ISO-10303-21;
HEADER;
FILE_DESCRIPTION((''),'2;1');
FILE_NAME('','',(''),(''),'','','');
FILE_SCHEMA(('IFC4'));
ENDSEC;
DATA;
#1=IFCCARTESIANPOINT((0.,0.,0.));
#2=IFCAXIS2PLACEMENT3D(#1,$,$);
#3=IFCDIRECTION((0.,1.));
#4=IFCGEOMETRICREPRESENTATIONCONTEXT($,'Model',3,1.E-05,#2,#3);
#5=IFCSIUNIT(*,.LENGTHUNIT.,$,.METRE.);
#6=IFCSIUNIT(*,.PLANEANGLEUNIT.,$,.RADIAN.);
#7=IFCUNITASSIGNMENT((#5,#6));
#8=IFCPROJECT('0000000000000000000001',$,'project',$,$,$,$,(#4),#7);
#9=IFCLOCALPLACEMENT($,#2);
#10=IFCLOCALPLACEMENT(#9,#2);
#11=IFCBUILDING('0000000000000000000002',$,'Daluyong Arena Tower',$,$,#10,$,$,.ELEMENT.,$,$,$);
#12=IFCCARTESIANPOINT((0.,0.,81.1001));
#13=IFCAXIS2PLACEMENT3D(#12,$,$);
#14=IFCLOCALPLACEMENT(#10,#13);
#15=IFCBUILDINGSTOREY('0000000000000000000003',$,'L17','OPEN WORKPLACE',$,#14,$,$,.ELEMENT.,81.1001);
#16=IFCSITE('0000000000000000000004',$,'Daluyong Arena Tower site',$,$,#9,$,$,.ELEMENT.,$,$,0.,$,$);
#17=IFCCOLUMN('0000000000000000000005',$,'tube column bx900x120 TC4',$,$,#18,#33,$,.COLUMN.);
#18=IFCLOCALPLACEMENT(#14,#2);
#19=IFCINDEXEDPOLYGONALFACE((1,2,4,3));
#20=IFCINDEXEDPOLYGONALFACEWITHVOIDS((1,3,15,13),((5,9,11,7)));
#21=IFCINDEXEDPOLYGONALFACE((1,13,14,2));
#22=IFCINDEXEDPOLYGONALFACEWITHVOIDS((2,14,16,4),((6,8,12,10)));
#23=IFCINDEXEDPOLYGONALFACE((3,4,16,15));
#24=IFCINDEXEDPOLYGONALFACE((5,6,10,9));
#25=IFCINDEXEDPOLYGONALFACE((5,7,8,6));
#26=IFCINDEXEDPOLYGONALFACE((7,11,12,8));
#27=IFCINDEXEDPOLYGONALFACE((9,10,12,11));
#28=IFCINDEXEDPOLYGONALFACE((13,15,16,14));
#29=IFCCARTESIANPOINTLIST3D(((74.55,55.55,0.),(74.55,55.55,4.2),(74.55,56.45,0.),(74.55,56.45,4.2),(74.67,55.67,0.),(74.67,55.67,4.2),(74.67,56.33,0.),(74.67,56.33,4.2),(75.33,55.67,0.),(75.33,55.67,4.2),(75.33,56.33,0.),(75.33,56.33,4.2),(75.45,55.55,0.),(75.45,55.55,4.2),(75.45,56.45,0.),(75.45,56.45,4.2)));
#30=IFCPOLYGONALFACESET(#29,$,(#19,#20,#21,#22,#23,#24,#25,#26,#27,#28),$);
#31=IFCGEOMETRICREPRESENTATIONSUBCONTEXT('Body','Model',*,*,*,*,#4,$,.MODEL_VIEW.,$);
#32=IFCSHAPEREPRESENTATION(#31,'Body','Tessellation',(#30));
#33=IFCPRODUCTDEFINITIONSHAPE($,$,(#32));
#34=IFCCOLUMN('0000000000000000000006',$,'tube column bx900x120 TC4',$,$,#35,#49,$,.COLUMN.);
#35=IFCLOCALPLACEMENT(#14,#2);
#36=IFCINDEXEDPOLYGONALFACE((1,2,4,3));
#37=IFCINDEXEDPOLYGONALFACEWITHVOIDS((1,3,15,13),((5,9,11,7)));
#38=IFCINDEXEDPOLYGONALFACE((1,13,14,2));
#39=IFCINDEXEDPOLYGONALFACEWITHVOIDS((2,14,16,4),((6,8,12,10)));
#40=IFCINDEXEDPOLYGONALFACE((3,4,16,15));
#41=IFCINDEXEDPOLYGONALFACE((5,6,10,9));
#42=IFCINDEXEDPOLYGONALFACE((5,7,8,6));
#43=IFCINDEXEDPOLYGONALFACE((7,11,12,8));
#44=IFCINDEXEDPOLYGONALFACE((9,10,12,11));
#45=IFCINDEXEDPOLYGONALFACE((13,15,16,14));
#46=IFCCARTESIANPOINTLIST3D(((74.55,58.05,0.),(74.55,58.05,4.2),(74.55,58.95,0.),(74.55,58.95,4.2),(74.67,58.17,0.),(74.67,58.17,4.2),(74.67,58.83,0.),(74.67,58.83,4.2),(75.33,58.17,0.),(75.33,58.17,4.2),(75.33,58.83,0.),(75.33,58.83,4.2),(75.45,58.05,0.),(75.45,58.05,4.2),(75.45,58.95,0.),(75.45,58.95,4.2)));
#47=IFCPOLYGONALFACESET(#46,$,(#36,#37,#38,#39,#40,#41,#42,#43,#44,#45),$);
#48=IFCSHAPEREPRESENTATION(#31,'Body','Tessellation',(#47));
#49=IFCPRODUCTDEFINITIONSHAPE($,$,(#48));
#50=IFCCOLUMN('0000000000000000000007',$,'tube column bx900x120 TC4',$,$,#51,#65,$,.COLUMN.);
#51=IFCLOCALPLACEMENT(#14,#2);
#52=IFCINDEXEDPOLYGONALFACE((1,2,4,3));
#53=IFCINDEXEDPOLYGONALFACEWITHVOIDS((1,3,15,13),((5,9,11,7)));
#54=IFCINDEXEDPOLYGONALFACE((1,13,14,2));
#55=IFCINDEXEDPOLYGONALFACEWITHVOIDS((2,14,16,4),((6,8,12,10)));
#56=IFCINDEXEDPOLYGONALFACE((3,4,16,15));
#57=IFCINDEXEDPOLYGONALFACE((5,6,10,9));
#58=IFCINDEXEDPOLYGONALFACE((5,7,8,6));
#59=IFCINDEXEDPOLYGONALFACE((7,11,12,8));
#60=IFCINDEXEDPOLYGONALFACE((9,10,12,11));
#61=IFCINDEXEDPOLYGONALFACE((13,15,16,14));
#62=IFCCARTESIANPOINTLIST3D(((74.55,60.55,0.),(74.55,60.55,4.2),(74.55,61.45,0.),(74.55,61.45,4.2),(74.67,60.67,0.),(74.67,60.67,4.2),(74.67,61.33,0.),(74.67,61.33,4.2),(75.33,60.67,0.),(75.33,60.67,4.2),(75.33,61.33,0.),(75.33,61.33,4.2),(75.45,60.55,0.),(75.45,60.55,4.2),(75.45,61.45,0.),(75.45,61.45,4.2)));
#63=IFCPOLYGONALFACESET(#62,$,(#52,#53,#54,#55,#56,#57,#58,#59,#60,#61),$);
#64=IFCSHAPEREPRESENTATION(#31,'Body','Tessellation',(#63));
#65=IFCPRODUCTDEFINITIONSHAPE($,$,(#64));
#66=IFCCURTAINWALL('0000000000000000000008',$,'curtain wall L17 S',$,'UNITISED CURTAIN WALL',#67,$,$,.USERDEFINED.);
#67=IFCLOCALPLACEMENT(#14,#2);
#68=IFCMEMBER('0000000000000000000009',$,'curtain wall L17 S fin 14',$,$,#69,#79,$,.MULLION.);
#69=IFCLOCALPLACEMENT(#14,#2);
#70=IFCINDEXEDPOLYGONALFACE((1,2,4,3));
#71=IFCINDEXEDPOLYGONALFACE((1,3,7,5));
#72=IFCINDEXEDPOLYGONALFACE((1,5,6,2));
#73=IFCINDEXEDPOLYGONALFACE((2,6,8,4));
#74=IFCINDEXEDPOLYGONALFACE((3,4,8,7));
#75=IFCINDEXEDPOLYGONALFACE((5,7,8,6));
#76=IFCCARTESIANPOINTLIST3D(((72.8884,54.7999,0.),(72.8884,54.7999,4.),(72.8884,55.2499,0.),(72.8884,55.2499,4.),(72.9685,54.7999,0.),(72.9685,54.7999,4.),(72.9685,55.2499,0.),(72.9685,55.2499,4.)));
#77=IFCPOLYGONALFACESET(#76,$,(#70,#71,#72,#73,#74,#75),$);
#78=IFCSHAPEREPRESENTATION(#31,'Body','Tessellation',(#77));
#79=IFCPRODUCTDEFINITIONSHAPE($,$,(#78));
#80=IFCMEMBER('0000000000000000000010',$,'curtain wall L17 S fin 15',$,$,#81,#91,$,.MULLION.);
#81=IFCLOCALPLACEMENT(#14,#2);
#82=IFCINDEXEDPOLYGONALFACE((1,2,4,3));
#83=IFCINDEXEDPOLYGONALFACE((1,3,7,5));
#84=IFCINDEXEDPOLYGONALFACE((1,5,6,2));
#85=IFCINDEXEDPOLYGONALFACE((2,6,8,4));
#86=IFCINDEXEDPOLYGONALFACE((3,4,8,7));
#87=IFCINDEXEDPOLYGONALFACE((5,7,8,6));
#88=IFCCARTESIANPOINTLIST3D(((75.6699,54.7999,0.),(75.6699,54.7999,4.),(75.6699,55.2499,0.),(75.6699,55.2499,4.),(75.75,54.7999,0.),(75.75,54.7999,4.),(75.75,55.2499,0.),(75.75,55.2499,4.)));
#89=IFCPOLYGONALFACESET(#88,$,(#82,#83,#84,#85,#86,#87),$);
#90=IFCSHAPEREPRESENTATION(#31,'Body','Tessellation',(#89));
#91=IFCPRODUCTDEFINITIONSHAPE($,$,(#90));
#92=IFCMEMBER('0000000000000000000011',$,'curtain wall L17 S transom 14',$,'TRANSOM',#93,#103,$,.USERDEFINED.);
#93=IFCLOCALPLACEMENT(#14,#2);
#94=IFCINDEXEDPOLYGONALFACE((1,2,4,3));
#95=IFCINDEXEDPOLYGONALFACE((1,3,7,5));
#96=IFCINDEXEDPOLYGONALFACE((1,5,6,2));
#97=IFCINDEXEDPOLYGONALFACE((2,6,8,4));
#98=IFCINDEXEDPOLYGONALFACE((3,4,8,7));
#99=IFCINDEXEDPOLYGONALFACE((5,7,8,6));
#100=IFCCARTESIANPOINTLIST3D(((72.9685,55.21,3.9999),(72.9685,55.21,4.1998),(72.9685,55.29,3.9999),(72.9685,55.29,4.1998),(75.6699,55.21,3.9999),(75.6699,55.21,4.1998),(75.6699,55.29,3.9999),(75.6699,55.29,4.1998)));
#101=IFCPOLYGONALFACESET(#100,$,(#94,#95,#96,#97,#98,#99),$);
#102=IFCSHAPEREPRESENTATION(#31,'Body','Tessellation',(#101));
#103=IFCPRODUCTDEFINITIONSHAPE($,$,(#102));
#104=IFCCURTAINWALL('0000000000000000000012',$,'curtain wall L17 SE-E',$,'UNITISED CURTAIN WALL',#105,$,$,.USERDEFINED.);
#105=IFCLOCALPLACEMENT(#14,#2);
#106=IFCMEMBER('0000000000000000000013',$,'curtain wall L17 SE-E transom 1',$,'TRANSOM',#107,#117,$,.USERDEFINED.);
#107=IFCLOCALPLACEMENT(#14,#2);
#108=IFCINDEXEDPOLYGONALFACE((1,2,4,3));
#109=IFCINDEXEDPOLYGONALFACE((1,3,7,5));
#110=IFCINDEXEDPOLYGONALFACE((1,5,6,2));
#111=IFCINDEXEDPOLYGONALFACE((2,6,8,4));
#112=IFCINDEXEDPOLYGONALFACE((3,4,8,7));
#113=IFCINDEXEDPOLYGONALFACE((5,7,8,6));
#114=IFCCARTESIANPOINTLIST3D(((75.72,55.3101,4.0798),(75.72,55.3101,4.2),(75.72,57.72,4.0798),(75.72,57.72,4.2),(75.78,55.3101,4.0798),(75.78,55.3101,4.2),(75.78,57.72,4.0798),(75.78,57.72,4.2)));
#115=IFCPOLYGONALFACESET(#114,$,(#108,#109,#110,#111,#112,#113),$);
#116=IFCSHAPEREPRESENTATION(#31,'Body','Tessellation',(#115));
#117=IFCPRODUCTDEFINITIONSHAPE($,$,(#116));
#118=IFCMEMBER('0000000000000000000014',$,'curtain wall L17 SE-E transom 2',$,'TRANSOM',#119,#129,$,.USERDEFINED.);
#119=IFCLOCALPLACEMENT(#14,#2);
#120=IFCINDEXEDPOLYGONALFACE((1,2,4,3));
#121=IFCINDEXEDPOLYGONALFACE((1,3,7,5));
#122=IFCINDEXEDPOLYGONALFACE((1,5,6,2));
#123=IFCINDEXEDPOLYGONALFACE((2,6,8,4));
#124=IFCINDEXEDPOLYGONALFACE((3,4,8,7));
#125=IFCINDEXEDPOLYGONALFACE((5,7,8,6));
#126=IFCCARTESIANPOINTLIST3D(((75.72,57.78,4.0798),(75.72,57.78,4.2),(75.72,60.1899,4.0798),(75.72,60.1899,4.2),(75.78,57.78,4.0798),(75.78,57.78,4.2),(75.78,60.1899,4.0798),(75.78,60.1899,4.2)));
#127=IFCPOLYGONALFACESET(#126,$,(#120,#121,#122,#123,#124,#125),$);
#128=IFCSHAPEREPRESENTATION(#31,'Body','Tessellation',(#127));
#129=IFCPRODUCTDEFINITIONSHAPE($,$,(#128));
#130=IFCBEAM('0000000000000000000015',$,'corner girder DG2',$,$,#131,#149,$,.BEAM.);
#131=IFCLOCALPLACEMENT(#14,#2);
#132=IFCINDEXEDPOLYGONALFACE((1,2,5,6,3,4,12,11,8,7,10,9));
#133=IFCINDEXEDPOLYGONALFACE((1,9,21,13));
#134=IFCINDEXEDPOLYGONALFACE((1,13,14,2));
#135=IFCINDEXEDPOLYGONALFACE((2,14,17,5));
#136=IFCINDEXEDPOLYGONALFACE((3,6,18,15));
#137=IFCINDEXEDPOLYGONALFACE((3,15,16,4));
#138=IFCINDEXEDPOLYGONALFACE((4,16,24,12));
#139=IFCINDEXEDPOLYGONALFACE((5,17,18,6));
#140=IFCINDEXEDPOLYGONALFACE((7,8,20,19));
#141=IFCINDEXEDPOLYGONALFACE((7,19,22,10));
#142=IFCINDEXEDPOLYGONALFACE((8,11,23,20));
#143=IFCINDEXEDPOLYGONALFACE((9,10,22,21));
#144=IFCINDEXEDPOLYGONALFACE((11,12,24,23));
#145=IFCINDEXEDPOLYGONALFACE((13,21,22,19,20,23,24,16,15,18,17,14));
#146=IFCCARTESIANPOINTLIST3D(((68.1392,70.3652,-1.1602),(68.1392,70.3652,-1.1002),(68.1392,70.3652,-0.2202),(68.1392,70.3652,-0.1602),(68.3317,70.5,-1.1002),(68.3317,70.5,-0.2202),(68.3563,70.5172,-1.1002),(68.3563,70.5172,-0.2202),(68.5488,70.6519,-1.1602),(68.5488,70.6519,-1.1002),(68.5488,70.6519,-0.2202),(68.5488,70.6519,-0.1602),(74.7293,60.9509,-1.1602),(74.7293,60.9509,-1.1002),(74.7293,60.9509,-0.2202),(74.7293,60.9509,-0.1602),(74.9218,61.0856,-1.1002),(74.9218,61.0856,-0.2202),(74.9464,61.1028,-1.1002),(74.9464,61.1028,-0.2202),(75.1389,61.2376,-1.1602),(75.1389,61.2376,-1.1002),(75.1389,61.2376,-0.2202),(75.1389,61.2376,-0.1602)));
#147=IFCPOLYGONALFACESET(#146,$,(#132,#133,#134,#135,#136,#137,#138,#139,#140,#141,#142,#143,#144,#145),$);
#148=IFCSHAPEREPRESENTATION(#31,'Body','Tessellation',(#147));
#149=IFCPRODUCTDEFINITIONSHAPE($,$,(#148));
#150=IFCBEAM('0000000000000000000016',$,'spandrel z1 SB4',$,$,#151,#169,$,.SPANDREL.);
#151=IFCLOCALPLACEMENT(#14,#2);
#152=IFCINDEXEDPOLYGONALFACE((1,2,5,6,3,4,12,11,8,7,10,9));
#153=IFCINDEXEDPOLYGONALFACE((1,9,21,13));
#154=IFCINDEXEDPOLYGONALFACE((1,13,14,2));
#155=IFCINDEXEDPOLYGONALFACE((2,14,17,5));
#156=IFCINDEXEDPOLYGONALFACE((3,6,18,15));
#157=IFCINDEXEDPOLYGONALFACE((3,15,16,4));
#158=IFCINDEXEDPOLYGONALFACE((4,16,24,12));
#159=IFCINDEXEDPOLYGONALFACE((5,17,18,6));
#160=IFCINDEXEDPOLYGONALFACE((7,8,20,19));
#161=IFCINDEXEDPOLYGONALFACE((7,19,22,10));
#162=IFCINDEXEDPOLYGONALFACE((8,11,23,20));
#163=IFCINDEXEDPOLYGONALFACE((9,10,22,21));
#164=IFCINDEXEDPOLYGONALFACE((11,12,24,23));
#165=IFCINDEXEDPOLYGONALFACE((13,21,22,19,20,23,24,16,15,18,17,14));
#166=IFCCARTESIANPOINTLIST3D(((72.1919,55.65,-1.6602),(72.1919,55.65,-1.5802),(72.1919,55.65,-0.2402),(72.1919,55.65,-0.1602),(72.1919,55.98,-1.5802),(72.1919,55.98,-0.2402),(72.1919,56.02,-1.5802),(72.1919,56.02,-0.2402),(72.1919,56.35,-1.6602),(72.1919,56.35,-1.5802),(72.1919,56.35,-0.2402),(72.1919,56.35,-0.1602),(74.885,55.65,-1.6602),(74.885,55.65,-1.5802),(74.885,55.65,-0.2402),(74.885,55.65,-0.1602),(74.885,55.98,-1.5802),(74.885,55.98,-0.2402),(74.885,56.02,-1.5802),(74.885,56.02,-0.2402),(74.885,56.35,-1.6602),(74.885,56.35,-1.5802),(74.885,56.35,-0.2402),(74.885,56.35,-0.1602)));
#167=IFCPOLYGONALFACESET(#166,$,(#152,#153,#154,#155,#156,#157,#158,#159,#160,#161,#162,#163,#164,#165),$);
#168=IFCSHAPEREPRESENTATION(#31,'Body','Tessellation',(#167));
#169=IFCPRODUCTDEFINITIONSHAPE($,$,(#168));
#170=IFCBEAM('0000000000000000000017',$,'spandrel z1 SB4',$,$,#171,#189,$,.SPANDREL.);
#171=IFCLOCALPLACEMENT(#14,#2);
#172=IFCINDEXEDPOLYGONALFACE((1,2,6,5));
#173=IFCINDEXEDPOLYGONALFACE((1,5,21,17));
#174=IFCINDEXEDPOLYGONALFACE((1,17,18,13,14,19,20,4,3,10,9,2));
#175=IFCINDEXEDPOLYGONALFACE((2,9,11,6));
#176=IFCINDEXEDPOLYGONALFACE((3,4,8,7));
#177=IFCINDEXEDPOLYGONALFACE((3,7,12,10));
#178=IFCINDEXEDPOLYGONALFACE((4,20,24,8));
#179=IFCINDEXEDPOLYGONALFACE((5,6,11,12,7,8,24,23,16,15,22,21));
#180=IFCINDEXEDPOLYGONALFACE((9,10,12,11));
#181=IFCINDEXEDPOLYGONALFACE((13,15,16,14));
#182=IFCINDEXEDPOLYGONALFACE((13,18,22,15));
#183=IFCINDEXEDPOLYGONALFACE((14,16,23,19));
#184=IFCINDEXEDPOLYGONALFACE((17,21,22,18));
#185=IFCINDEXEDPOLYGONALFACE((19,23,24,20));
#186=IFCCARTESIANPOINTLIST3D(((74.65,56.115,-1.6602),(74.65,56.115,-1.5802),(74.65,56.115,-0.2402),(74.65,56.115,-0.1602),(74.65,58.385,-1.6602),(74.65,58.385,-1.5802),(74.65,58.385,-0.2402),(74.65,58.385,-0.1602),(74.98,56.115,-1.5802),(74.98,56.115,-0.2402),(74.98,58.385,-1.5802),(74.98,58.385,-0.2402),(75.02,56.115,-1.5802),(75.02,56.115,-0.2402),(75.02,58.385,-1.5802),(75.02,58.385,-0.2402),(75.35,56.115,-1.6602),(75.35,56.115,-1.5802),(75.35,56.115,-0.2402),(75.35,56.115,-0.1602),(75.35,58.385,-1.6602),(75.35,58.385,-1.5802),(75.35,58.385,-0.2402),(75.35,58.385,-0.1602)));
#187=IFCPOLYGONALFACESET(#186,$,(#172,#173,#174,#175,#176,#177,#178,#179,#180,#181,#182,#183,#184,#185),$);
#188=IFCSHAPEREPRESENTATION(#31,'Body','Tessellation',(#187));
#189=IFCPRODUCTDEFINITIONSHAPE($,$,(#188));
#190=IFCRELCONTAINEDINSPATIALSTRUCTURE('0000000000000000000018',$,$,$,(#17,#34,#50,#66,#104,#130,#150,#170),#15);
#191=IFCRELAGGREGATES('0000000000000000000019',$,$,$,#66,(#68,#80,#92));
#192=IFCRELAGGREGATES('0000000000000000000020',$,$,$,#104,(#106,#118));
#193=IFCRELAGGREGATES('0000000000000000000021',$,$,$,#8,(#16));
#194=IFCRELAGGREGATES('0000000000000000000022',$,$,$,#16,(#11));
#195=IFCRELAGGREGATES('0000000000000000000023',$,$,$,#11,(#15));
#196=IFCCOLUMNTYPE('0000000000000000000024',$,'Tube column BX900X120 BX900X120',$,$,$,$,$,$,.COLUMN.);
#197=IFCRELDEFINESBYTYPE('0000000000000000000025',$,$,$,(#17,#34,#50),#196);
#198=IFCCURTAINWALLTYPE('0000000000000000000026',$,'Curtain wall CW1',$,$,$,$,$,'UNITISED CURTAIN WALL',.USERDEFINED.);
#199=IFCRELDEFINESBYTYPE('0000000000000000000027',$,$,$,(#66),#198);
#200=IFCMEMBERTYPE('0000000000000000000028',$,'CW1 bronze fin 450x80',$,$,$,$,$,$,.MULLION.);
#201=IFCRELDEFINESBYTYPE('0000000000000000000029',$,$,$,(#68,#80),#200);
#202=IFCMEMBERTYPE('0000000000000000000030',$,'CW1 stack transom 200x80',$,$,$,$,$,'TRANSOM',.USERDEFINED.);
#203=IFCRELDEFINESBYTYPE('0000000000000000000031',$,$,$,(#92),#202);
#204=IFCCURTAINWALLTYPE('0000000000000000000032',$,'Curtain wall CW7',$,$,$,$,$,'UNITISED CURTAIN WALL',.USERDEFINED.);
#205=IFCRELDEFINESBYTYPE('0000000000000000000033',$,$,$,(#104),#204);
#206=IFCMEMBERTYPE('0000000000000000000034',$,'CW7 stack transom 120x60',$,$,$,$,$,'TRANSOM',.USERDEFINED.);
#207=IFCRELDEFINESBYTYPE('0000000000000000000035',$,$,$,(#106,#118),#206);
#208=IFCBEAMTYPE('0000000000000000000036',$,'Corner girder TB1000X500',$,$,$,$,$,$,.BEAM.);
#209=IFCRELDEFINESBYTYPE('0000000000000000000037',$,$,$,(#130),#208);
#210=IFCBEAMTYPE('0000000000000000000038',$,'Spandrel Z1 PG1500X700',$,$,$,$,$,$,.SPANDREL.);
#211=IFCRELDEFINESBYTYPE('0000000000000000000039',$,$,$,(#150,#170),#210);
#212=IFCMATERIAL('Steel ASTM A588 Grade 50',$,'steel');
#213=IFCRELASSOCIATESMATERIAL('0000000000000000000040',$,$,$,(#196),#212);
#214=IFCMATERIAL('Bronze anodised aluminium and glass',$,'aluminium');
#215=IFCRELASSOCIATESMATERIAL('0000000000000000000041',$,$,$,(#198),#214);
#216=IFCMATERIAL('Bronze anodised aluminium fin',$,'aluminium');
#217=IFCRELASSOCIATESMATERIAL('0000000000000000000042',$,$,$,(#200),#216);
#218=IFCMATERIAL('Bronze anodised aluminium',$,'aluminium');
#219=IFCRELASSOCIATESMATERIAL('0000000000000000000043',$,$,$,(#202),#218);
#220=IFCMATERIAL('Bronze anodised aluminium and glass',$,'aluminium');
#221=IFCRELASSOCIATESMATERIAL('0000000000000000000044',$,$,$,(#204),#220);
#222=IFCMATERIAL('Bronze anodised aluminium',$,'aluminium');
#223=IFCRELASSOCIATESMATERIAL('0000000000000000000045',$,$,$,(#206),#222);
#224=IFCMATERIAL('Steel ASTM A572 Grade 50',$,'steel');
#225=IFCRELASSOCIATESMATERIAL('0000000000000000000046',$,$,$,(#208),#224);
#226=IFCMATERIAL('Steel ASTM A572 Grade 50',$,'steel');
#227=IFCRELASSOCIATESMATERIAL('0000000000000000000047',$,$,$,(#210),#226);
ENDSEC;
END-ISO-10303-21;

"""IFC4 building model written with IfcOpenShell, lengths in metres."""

from ifc_helpers import new_model, si_unit, direction, frame, origin, origin_2d, place, context, subcontext, project, spatial, rectangle, hollow_rectangle, i_section, extrude, material, material_profile, profile_set, type_object, element, aggregate, save


model = new_model("IFC4")

# Units and contexts
model_context = context("Model", 3, precision=1e-05, world=origin(), true_north=direction((0.0, 1.0)))
body_context = subcontext(model_context, "Body", "Model", "MODEL_VIEW")
ifc_project = project(units=[si_unit("LENGTHUNIT", "METRE"), si_unit("PLANEANGLEUNIT", "RADIAN")], contexts=[model_context])

# Site, building, storey
site_placement = place(None, origin())
site = spatial("IfcSite", under=ifc_project, at=site_placement, Name="Daluyong Arena Tower site", CompositionType="ELEMENT", RefElevation=0.0)
building_placement = place(site_placement, origin())
building = spatial("IfcBuilding", under=site, at=building_placement, Name="Daluyong Arena Tower", CompositionType="ELEMENT")
storey_placement = place(building_placement, frame((0.0, 0.0, 81.1001)))
storey = spatial("IfcBuildingStorey", under=building, at=storey_placement, Name="L17", Description="OPEN WORKPLACE", CompositionType="ELEMENT", Elevation=81.1001)

# Columns
ifc_material_1 = material(Name="Steel ASTM A588 Grade 50", Category="steel")
ifc_material_profile_1 = material_profile(ifc_material_1, hollow_rectangle(XDim=0.8999, YDim=0.8999, WallThickness=0.12, at=origin_2d()))
ifc_profile_set_1 = profile_set([ifc_material_profile_1], Name="Steel ASTM A588 Grade 50")
column_type = type_object("IfcColumnType", Name="Tube column BX900X120 BX900X120", PredefinedType="COLUMN", material=ifc_profile_set_1)
for number, where, z_axis, x_axis, name in (
    (1, (75.0, 56.0, 0.0), (0.0, 0.0, 1.0), (0.0, 1.0, 0.0), "tube column bx900x120 TC4"),
    (2, (75.0, 58.5, 0.0), (0.0, 0.0, 1.0), (0.0, 1.0, 0.0), "tube column bx900x120 TC4"),
    (3, (75.0, 61.0, 0.0), (0.0, 0.0, 1.0), (1.0, 0.0, 0.0), "tube column bx900x120 TC4"),
):
    element("IfcColumn", number, at=place(storey_placement, frame(where, z_axis=z_axis, x_axis=x_axis)), inside=storey, type_object=column_type, Name=name, PredefinedType="COLUMN", context=body_context, shape_type="SweptSolid", body=[
        extrude(hollow_rectangle(XDim=0.8999, YDim=0.8999, WallThickness=0.12, at=origin_2d()), origin(), (0.0, 0.0, 1.0), 4.2),
    ])

# Curtain walls, members
ifc_material_2 = material(Name="Bronze anodised aluminium and glass", Category="aluminium")
curtain_wall_type_1 = type_object("IfcCurtainWallType", Name="Curtain wall CW1", ElementType="UNITISED CURTAIN WALL", PredefinedType="USERDEFINED", material=ifc_material_2)
curtain_wall_1_placement = place(storey_placement, origin())
curtain_wall_1 = element("IfcCurtainWall", 4, at=curtain_wall_1_placement, inside=storey, type_object=curtain_wall_type_1, Name="curtain wall L17 S", ObjectType="UNITISED CURTAIN WALL", PredefinedType="USERDEFINED")
ifc_material_3 = material(Name="Bronze anodised aluminium fin", Category="aluminium")
ifc_material_profile_2 = material_profile(ifc_material_3, rectangle(XDim=0.45, YDim=0.0801, at=origin_2d()))
ifc_profile_set_2 = profile_set([ifc_material_profile_2], Name="Bronze anodised aluminium fin")
member_type_1 = type_object("IfcMemberType", Name="CW1 bronze fin 450x80", PredefinedType="MULLION", material=ifc_profile_set_2)
member_1_placement = place(storey_placement, frame((72.9285, 55.0249, 0.0), z_axis=(0.0, 0.0, 1.0), x_axis=(0.0, 1.0, 0.0)))
member_1 = element("IfcMember", 5, at=member_1_placement, type_object=member_type_1, Name="curtain wall L17 S fin 14", PredefinedType="MULLION", context=body_context, shape_type="SweptSolid", body=[
    extrude(rectangle(XDim=0.45, YDim=0.0801, at=origin_2d()), origin(), (0.0, 0.0, 1.0), 4.0),
])
member_2_placement = place(storey_placement, frame((75.71, 55.0249, 0.0), z_axis=(0.0, 0.0, 1.0), x_axis=(0.0, 1.0, 0.0)))
member_2 = element("IfcMember", 6, at=member_2_placement, type_object=member_type_1, Name="curtain wall L17 S fin 15", PredefinedType="MULLION", context=body_context, shape_type="SweptSolid", body=[
    extrude(rectangle(XDim=0.45, YDim=0.0801, at=origin_2d()), origin(), (0.0, 0.0, 1.0), 4.0),
])
ifc_material_4 = material(Name="Bronze anodised aluminium", Category="aluminium")
ifc_material_profile_3 = material_profile(ifc_material_4, rectangle(XDim=0.0801, YDim=0.2, at=origin_2d()))
ifc_profile_set_3 = profile_set([ifc_material_profile_3], Name="Bronze anodised aluminium")
member_type_2 = type_object("IfcMemberType", Name="CW1 stack transom 200x80", ElementType="TRANSOM", PredefinedType="USERDEFINED", material=ifc_profile_set_3)
member_3_placement = place(storey_placement, frame((72.9685, 55.25, 4.0999), z_axis=(1.0, 0.0, 0.0), x_axis=(0.0, 1.0, 0.0)))
member_3 = element("IfcMember", 7, at=member_3_placement, type_object=member_type_2, Name="curtain wall L17 S transom 14", ObjectType="TRANSOM", PredefinedType="USERDEFINED", context=body_context, shape_type="SweptSolid", body=[
    extrude(rectangle(XDim=0.0801, YDim=0.2, at=origin_2d()), origin(), (0.0, 0.0, 1.0), 2.7014),
])
ifc_material_5 = material(Name="Bronze anodised aluminium and glass", Category="aluminium")
curtain_wall_type_2 = type_object("IfcCurtainWallType", Name="Curtain wall CW7", ElementType="UNITISED CURTAIN WALL", PredefinedType="USERDEFINED", material=ifc_material_5)
curtain_wall_2_placement = place(storey_placement, origin())
curtain_wall_2 = element("IfcCurtainWall", 8, at=curtain_wall_2_placement, inside=storey, type_object=curtain_wall_type_2, Name="curtain wall L17 SE-E", ObjectType="UNITISED CURTAIN WALL", PredefinedType="USERDEFINED")
ifc_material_6 = material(Name="Bronze anodised aluminium", Category="aluminium")
ifc_material_profile_4 = material_profile(ifc_material_6, rectangle(XDim=0.0601, YDim=0.1201, at=origin_2d()))
ifc_profile_set_4 = profile_set([ifc_material_profile_4], Name="Bronze anodised aluminium")
member_type_3 = type_object("IfcMemberType", Name="CW7 stack transom 120x60", ElementType="TRANSOM", PredefinedType="USERDEFINED", material=ifc_profile_set_4)
member_4_placement = place(storey_placement, frame((75.75, 55.3101, 4.1399), z_axis=(0.0, 1.0, 0.0), x_axis=(-1.0, 0.0, 0.0)))
member_4 = element("IfcMember", 9, at=member_4_placement, type_object=member_type_3, Name="curtain wall L17 SE-E transom 1", ObjectType="TRANSOM", PredefinedType="USERDEFINED", context=body_context, shape_type="SweptSolid", body=[
    extrude(rectangle(XDim=0.0601, YDim=0.1201, at=origin_2d()), origin(), (0.0, 0.0, 1.0), 2.4099),
])
member_5_placement = place(storey_placement, frame((75.75, 57.78, 4.1399), z_axis=(0.0, 1.0, 0.0), x_axis=(-1.0, 0.0, 0.0)))
member_5 = element("IfcMember", 10, at=member_5_placement, type_object=member_type_3, Name="curtain wall L17 SE-E transom 2", ObjectType="TRANSOM", PredefinedType="USERDEFINED", context=body_context, shape_type="SweptSolid", body=[
    extrude(rectangle(XDim=0.0601, YDim=0.1201, at=origin_2d()), origin(), (0.0, 0.0, 1.0), 2.4099),
])

# Beams
ifc_material_7 = material(Name="Steel ASTM A572 Grade 50", Category="steel")
ifc_material_profile_5 = material_profile(ifc_material_7, i_section(OverallWidth=0.5, OverallDepth=1.0, WebThickness=0.03, FlangeThickness=0.06, at=origin_2d()))
ifc_profile_set_5 = profile_set([ifc_material_profile_5], Name="Steel ASTM A572 Grade 50")
beam_type_1 = type_object("IfcBeamType", Name="Corner girder TB1000X500", PredefinedType="BEAM", material=ifc_profile_set_5)
beam_1_placement = place(storey_placement, frame((74.9341, 61.0942, -0.6602), z_axis=(-0.573467, 0.819229, 0.0), x_axis=(-0.819229, -0.573467, 0.0)))
element("IfcBeam", 11, at=beam_1_placement, inside=storey, type_object=beam_type_1, Name="corner girder DG2", PredefinedType="BEAM", context=body_context, shape_type="SweptSolid", body=[
    extrude(i_section(OverallWidth=0.5, OverallDepth=1.0, WebThickness=0.03, FlangeThickness=0.06, at=origin_2d()), origin(), (0.0, 0.0, 1.0), 11.4917),
])
ifc_material_8 = material(Name="Steel ASTM A572 Grade 50", Category="steel")
ifc_material_profile_6 = material_profile(ifc_material_8, i_section(OverallWidth=0.7, OverallDepth=1.5, WebThickness=0.04, FlangeThickness=0.08, at=origin_2d()))
ifc_profile_set_6 = profile_set([ifc_material_profile_6], Name="Steel ASTM A572 Grade 50")
beam_type_2 = type_object("IfcBeamType", Name="Spandrel Z1 PG1500X700", PredefinedType="SPANDREL", material=ifc_profile_set_6)
beam_2_placement = place(storey_placement, frame((72.1919, 56.0, -0.9102), z_axis=(1.0, 0.0, 0.0), x_axis=(0.0, 1.0, 0.0)))
element("IfcBeam", 12, at=beam_2_placement, inside=storey, type_object=beam_type_2, Name="spandrel z1 SB4", PredefinedType="SPANDREL", context=body_context, shape_type="SweptSolid", body=[
    extrude(i_section(OverallWidth=0.7, OverallDepth=1.5, WebThickness=0.04, FlangeThickness=0.08, at=origin_2d()), origin(), (0.0, 0.0, 1.0), 2.6931),
])
for number, where, z_axis, x_axis, name in (
    (13, (75.0, 56.115, -0.9102), (0.0, 1.0, 0.0), (-1.0, 0.0, 0.0), "spandrel z1 SB4"),
):
    element("IfcBeam", number, at=place(storey_placement, frame(where, z_axis=z_axis, x_axis=x_axis)), inside=storey, type_object=beam_type_2, Name=name, PredefinedType="SPANDREL", context=body_context, shape_type="SweptSolid", body=[
        extrude(i_section(OverallWidth=0.7, OverallDepth=1.5, WebThickness=0.04, FlangeThickness=0.08, at=origin_2d()), origin(), (0.0, 0.0, 1.0), 2.27),
    ])

aggregate(curtain_wall_1, [member_1, member_2, member_3])
aggregate(curtain_wall_2, [member_4, member_5])

save(model, "model.ifc")
